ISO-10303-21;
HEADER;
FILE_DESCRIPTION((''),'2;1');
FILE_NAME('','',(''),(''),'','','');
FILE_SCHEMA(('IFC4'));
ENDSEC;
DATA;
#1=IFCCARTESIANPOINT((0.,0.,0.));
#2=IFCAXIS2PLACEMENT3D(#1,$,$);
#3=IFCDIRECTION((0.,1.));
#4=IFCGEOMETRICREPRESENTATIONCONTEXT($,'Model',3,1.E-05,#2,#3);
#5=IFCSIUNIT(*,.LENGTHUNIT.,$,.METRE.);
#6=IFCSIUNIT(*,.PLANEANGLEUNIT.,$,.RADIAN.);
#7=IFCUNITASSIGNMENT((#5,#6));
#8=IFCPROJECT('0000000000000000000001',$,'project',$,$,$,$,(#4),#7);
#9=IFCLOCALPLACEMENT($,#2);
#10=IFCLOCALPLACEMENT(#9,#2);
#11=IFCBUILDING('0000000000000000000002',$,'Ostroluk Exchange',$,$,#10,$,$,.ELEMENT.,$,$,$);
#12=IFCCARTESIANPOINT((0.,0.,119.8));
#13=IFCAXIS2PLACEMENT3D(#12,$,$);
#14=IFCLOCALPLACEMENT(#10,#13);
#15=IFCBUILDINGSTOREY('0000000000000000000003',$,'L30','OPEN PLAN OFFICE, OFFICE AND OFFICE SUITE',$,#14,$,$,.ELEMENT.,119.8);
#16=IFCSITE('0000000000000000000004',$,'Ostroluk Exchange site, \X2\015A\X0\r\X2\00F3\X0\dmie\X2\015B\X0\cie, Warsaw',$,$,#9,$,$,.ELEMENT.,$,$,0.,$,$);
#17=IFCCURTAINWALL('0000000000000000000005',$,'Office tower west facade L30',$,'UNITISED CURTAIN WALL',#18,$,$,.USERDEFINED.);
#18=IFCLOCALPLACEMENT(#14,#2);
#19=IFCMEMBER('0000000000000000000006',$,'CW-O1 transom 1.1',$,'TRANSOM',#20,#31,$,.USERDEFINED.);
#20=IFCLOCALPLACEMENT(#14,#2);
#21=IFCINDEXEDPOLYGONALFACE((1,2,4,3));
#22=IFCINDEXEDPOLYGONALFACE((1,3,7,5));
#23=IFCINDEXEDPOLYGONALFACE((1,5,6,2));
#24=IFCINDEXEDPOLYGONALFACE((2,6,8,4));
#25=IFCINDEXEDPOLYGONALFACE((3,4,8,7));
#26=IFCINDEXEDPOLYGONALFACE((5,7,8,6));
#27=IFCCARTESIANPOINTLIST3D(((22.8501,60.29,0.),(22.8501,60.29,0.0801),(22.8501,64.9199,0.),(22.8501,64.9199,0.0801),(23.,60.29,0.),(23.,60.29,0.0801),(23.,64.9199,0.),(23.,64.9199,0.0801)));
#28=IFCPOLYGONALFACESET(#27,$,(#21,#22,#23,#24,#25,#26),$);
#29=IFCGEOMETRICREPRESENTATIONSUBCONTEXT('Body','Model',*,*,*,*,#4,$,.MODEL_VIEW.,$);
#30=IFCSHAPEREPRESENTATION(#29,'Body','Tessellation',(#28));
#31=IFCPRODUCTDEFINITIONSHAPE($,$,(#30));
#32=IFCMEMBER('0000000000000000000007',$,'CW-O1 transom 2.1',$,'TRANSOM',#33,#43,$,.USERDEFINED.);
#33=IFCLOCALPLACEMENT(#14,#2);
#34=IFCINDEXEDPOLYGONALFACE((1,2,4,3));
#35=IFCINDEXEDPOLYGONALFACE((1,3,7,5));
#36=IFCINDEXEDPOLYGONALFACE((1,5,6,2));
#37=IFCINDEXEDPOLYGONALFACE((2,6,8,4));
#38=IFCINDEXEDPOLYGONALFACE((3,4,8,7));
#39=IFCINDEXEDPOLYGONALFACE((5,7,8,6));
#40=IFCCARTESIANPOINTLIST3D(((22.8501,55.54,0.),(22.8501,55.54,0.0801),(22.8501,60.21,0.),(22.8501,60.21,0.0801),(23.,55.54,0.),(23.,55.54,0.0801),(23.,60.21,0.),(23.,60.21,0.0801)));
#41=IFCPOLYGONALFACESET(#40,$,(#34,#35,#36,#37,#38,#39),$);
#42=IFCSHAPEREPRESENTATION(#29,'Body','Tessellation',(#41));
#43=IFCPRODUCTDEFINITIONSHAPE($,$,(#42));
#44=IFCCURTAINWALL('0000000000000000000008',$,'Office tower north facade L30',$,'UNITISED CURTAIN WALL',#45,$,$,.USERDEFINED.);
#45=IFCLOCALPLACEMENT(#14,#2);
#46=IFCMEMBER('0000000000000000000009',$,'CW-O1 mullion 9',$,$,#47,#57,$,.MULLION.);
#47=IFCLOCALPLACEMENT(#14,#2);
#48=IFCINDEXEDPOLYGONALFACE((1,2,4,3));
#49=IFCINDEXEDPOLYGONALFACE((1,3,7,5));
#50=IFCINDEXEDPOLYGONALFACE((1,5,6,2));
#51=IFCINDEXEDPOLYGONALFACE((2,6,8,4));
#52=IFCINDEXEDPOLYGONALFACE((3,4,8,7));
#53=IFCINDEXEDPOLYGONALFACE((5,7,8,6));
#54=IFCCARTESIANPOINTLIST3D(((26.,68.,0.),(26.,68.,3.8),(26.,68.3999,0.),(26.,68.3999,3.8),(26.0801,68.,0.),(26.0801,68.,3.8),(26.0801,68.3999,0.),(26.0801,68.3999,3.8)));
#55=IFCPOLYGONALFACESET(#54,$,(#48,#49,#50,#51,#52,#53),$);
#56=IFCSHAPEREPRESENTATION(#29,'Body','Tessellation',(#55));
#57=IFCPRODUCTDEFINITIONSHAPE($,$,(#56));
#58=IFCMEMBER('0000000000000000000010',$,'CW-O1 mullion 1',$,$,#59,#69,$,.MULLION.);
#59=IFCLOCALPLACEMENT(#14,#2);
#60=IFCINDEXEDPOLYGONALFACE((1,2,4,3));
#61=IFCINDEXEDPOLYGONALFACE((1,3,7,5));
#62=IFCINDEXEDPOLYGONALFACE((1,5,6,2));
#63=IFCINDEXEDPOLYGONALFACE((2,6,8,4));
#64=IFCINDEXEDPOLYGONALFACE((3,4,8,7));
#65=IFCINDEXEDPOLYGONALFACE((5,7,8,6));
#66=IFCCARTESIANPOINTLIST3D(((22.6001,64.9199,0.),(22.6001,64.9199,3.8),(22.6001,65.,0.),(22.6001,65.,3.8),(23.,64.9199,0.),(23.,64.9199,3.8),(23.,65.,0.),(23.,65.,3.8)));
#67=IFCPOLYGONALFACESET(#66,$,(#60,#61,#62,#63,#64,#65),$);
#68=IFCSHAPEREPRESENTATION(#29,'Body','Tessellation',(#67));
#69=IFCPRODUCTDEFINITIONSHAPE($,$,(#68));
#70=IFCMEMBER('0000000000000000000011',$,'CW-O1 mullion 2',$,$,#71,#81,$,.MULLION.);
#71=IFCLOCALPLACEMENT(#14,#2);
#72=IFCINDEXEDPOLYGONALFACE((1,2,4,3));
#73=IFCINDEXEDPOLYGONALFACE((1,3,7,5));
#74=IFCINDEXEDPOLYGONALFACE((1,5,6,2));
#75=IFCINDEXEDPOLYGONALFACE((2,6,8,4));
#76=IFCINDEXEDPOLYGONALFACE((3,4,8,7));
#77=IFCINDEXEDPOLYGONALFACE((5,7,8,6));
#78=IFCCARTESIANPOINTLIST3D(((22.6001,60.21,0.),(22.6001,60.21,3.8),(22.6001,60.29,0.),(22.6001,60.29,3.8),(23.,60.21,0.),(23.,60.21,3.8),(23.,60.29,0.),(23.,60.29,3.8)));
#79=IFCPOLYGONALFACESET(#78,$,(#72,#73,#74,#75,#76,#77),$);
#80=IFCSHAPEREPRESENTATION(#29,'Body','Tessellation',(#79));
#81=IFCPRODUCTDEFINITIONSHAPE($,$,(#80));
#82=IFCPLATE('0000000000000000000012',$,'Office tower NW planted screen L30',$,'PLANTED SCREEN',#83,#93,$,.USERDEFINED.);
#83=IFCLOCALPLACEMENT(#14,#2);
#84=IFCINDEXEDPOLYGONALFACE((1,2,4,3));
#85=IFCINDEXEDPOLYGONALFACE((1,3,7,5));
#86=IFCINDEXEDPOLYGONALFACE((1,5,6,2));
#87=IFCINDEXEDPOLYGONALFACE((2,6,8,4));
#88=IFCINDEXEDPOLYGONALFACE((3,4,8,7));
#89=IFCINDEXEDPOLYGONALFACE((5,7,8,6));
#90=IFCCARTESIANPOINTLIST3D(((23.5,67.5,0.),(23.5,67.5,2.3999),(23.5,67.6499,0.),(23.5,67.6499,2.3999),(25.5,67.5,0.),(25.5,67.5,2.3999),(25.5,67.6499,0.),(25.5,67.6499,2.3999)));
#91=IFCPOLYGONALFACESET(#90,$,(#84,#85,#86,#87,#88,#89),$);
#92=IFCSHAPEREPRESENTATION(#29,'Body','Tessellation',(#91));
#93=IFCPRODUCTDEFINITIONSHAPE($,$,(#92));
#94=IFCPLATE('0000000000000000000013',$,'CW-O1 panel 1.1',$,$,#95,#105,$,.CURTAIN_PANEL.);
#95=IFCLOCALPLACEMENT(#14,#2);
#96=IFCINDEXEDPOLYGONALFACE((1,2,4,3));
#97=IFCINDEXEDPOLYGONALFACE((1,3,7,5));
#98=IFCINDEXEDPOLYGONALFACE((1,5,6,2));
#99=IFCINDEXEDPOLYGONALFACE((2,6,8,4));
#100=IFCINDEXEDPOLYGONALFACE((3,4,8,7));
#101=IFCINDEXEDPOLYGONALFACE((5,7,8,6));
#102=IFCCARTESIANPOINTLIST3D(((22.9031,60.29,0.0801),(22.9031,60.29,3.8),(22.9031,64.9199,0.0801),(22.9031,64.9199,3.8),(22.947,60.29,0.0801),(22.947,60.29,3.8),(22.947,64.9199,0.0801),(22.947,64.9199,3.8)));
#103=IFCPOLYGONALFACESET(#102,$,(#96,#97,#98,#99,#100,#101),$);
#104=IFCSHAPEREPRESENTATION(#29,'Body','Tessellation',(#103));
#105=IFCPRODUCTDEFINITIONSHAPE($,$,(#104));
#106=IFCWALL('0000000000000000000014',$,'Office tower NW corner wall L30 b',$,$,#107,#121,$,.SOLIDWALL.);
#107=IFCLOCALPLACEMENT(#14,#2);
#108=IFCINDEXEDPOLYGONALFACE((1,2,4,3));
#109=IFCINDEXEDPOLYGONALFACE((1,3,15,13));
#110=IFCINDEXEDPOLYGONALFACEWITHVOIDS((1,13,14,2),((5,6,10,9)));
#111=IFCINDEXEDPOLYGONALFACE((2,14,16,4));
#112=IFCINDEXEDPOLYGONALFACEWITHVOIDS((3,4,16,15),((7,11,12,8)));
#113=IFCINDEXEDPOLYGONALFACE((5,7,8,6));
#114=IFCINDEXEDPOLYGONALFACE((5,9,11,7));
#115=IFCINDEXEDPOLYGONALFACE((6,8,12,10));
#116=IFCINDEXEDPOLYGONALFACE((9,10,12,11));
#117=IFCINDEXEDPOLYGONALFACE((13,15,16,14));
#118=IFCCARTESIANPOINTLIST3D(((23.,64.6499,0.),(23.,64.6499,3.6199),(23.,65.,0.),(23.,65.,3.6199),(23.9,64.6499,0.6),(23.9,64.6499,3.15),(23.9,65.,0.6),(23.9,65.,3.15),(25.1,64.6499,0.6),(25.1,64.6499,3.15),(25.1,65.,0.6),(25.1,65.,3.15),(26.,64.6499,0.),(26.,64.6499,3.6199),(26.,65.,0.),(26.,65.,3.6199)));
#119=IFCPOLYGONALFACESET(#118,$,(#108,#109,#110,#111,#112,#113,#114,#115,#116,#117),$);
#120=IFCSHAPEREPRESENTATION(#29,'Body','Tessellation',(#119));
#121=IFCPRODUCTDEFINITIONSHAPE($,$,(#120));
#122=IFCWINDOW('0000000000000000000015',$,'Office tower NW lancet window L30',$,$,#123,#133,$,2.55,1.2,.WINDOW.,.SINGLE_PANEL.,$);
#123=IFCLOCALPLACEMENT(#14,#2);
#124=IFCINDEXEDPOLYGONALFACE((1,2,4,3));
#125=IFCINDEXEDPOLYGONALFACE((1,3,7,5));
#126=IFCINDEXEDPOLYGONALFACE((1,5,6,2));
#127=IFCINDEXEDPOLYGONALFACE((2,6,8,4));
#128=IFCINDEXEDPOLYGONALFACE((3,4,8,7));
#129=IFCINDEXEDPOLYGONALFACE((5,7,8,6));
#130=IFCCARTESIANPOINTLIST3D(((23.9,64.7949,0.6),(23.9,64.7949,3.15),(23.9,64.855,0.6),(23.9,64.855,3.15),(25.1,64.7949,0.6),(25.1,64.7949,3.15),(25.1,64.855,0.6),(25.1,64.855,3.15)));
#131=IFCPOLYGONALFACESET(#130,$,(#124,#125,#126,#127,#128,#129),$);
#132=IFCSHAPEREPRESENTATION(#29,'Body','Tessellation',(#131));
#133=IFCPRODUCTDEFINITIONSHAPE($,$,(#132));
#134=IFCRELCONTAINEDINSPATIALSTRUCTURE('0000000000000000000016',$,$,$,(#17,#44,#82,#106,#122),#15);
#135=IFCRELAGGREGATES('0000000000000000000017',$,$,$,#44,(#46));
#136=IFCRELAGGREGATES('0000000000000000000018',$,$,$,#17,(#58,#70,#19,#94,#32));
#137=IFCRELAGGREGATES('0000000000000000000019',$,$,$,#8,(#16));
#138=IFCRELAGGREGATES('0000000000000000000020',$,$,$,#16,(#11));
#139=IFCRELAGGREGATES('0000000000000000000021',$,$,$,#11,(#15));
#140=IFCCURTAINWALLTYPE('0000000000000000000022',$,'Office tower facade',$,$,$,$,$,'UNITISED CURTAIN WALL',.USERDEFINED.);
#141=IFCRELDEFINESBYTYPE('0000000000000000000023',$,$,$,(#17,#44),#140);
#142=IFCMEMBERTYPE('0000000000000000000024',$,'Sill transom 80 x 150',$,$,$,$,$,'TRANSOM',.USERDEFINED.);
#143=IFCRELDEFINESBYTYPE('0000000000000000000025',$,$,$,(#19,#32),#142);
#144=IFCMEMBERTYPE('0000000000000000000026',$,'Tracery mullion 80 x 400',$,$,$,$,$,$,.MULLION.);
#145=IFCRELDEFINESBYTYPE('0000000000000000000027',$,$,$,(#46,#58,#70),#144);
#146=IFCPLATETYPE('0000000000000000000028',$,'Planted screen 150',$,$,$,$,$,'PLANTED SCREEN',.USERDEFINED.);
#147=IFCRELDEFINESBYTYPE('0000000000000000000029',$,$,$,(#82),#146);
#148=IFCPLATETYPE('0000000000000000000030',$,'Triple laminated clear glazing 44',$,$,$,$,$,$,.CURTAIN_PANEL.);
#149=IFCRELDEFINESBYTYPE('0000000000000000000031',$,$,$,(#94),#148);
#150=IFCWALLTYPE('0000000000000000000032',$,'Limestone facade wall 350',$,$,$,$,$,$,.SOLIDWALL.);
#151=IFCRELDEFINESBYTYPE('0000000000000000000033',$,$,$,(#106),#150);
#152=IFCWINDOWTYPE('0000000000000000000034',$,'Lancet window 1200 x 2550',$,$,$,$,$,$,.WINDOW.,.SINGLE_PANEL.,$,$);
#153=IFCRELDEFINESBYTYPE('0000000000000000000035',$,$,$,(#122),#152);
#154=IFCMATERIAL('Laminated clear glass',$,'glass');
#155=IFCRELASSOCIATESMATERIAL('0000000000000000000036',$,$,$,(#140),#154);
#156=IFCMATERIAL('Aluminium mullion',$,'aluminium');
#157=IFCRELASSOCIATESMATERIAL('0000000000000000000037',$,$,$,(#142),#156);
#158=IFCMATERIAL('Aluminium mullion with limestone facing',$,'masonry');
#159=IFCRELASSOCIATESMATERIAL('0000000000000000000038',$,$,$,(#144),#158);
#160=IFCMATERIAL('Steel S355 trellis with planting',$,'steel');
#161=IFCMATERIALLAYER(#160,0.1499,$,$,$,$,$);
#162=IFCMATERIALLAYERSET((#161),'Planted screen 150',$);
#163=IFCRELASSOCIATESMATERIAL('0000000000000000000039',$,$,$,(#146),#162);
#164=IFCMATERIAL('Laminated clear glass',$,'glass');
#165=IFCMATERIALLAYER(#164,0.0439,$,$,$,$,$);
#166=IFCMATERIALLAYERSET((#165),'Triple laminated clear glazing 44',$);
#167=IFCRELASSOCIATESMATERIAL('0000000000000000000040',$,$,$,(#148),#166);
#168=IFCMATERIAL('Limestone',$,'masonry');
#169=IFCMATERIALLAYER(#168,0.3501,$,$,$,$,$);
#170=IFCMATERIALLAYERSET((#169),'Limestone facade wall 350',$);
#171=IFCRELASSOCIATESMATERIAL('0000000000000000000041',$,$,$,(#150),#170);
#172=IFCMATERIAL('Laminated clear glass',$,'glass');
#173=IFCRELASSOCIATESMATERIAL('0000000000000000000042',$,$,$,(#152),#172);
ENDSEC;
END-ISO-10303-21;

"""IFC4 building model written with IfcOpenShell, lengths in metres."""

from ifc_helpers import new_model, si_unit, direction, frame, frame_2d, origin, origin_2d, place, context, subcontext, project, spatial, rectangle, extrude, material, layer, layer_set, material_profile, profile_set, type_object, element, fill, aggregate, save


model = new_model("IFC4")

# Units and contexts
model_context = context("Model", 3, precision=1e-05, world=origin(), true_north=direction((0.0, 1.0)))
body_context = subcontext(model_context, "Body", "Model", "MODEL_VIEW")
ifc_project = project(units=[si_unit("LENGTHUNIT", "METRE"), si_unit("PLANEANGLEUNIT", "RADIAN")], contexts=[model_context])

# Site, building, storey
site_placement = place(None, origin())
site = spatial("IfcSite", under=ifc_project, at=site_placement, Name="Ostroluk Exchange site, Śródmieście, Warsaw", CompositionType="ELEMENT", RefElevation=0.0)
building_placement = place(site_placement, origin())
building = spatial("IfcBuilding", under=site, at=building_placement, Name="Ostroluk Exchange", CompositionType="ELEMENT")
storey_placement = place(building_placement, frame((0.0, 0.0, 119.8)))
storey = spatial("IfcBuildingStorey", under=building, at=storey_placement, Name="L30", Description="OPEN PLAN OFFICE, OFFICE AND OFFICE SUITE", CompositionType="ELEMENT", Elevation=119.8)

# Curtain wall, members
ifc_material_1 = material(Name="Laminated clear glass", Category="glass")
curtain_wall_type = type_object("IfcCurtainWallType", Name="Office tower facade", ElementType="UNITISED CURTAIN WALL", PredefinedType="USERDEFINED", material=ifc_material_1)
curtain_wall_1_placement = place(storey_placement, origin())
curtain_wall_1 = element("IfcCurtainWall", 1, at=curtain_wall_1_placement, inside=storey, type_object=curtain_wall_type, Name="Office tower west facade L30", ObjectType="UNITISED CURTAIN WALL", PredefinedType="USERDEFINED")
ifc_material_2 = material(Name="Aluminium mullion", Category="aluminium")
ifc_material_profile_1 = material_profile(ifc_material_2, rectangle(XDim=0.1499, YDim=0.0801, at=origin_2d()), Name="Sill transom 80 x 150")
ifc_profile_set_1 = profile_set([ifc_material_profile_1], Name="Aluminium mullion")
member_type_1 = type_object("IfcMemberType", Name="Sill transom 80 x 150", ElementType="TRANSOM", PredefinedType="USERDEFINED", material=ifc_profile_set_1)
member_1_placement = place(storey_placement, frame((22.925, 64.9199, 0.04), z_axis=(0.0, -1.0, 0.0), x_axis=(1.0, 0.0, 0.0)))
member_1 = element("IfcMember", 2, at=member_1_placement, type_object=member_type_1, Name="CW-O1 transom 1.1", ObjectType="TRANSOM", PredefinedType="USERDEFINED", context=body_context, shape_type="SweptSolid", body=[
    extrude(rectangle(XDim=0.1499, YDim=0.0801, at=origin_2d()), origin(), (0.0, 0.0, 1.0), 4.6299),
])
member_2_placement = place(storey_placement, frame((22.925, 60.21, 0.04), z_axis=(0.0, -1.0, 0.0), x_axis=(1.0, 0.0, 0.0)))
member_2 = element("IfcMember", 3, at=member_2_placement, type_object=member_type_1, Name="CW-O1 transom 2.1", ObjectType="TRANSOM", PredefinedType="USERDEFINED", context=body_context, shape_type="SweptSolid", body=[
    extrude(rectangle(XDim=0.1499, YDim=0.0801, at=origin_2d()), origin(), (0.0, 0.0, 1.0), 4.6699),
])

# Curtain wall, member
curtain_wall_2_placement = place(storey_placement, origin())
curtain_wall_2 = element("IfcCurtainWall", 4, at=curtain_wall_2_placement, inside=storey, type_object=curtain_wall_type, Name="Office tower north facade L30", ObjectType="UNITISED CURTAIN WALL", PredefinedType="USERDEFINED")
ifc_material_3 = material(Name="Aluminium mullion with limestone facing", Category="masonry")
ifc_material_profile_2 = material_profile(ifc_material_3, rectangle(XDim=0.3999, YDim=0.0801, at=origin_2d()), Name="Tracery mullion 80 x 400")
ifc_profile_set_2 = profile_set([ifc_material_profile_2], Name="Aluminium mullion with limestone facing")
member_type_2 = type_object("IfcMemberType", Name="Tracery mullion 80 x 400", PredefinedType="MULLION", material=ifc_profile_set_2)
member_3_placement = place(storey_placement, frame((26.04, 68.2, 0.0), z_axis=(0.0, 0.0, 1.0), x_axis=(0.0, -1.0, 0.0)))
member_3 = element("IfcMember", 5, at=member_3_placement, type_object=member_type_2, Name="CW-O1 mullion 9", PredefinedType="MULLION", context=body_context, shape_type="SweptSolid", body=[
    extrude(rectangle(XDim=0.3999, YDim=0.0801, at=origin_2d()), origin(), (0.0, 0.0, 1.0), 3.8),
])
aggregate(curtain_wall_2, [member_3])

# Members
member_4_placement = place(storey_placement, frame((22.8, 64.96, 0.0), z_axis=(0.0, 0.0, 1.0), x_axis=(1.0, 0.0, 0.0)))
member_4 = element("IfcMember", 6, at=member_4_placement, type_object=member_type_2, Name="CW-O1 mullion 1", PredefinedType="MULLION", context=body_context, shape_type="SweptSolid", body=[
    extrude(rectangle(XDim=0.3999, YDim=0.0801, at=origin_2d()), origin(), (0.0, 0.0, 1.0), 3.8),
])
member_5_placement = place(storey_placement, frame((22.8, 60.25, 0.0), z_axis=(0.0, 0.0, 1.0), x_axis=(1.0, 0.0, 0.0)))
member_5 = element("IfcMember", 7, at=member_5_placement, type_object=member_type_2, Name="CW-O1 mullion 2", PredefinedType="MULLION", context=body_context, shape_type="SweptSolid", body=[
    extrude(rectangle(XDim=0.3999, YDim=0.0801, at=origin_2d()), origin(), (0.0, 0.0, 1.0), 3.8),
])

# Plates
ifc_material_4 = material(Name="Steel S355 trellis with planting", Category="steel")
ifc_layer_1 = layer(ifc_material_4, 0.1499)
ifc_layer_set_1 = layer_set([ifc_layer_1], Name="Planted screen 150")
plate_type_1 = type_object("IfcPlateType", Name="Planted screen 150", ElementType="PLANTED SCREEN", PredefinedType="USERDEFINED", material=ifc_layer_set_1)
plate_1_placement = place(storey_placement, frame((24.5, 67.575, 0.0), z_axis=(0.0, 0.0, 1.0), x_axis=(1.0, 0.0, 0.0)))
element("IfcPlate", 8, at=plate_1_placement, inside=storey, type_object=plate_type_1, Name="Office tower NW planted screen L30", ObjectType="PLANTED SCREEN", PredefinedType="USERDEFINED", context=body_context, shape_type="SweptSolid", body=[
    extrude(rectangle(XDim=2.0, YDim=0.1499, at=origin_2d()), origin(), (0.0, 0.0, 1.0), 2.3999),
])
ifc_material_5 = material(Name="Laminated clear glass", Category="glass")
ifc_layer_2 = layer(ifc_material_5, 0.0439)
ifc_layer_set_2 = layer_set([ifc_layer_2], Name="Triple laminated clear glazing 44")
plate_type_2 = type_object("IfcPlateType", Name="Triple laminated clear glazing 44", PredefinedType="CURTAIN_PANEL", material=ifc_layer_set_2)
plate_2_placement = place(storey_placement, frame((22.925, 62.605, 0.0801), z_axis=(0.0, 0.0, 1.0), x_axis=(0.0, -1.0, 0.0)))
plate_2 = element("IfcPlate", 9, at=plate_2_placement, type_object=plate_type_2, Name="CW-O1 panel 1.1", PredefinedType="CURTAIN_PANEL", context=body_context, shape_type="SweptSolid", body=[
    extrude(rectangle(XDim=4.6299, YDim=0.0439, at=origin_2d()), origin(), (0.0, 0.0, 1.0), 3.72),
])
aggregate(curtain_wall_1, [member_4, member_5, member_1, plate_2, member_2])

# Shared definitions
ifc_material_6 = material(Name="Limestone", Category="masonry")
ifc_layer_3 = layer(ifc_material_6, 0.3501)
ifc_layer_set_3 = layer_set([ifc_layer_3], Name="Limestone facade wall 350")
wall_type_1 = type_object("IfcWallType", Name="Limestone facade wall 350", PredefinedType="SOLIDWALL", material=ifc_layer_set_3)

# Wall, opening, window
wall_1_placement = place(storey_placement, frame((26.0, 64.825, 0.0), z_axis=(0.0, 0.0, 1.0), x_axis=(-1.0, 0.0, 0.0)))
wall_1 = element("IfcWall", 10, at=wall_1_placement, inside=storey, type_object=wall_type_1, Name="Office tower NW corner wall L30 b", PredefinedType="SOLIDWALL", context=body_context, shape_type="SweptSolid", body=[
    extrude(rectangle(XDim=3.0, YDim=0.3501, at=frame_2d((1.5, 0.0))), origin(), (0.0, 0.0, 1.0), 3.6199),
])
opening_1_placement = place(wall_1_placement, frame((0.8999, 0.0, 0.6001)))
opening_1 = element("IfcOpeningElement", 11, at=opening_1_placement, cuts=wall_1, PredefinedType="OPENING", context=body_context, shape_type="SweptSolid", body=[
    extrude(rectangle(XDim=1.2, YDim=2.55, at=frame_2d((0.6001, 1.2749))), frame((0.0, 0.1851, 0.0), z_axis=(0.0, -1.0, 0.0), x_axis=(1.0, 0.0, 0.0)), (0.0, 0.0, 1.0), 0.3701),
])
ifc_material_7 = material(Name="Laminated clear glass", Category="glass")
window_type = type_object("IfcWindowType", Name="Lancet window 1200 x 2550", PartitioningType="SINGLE_PANEL", PredefinedType="WINDOW", material=ifc_material_7)
window_placement = place(opening_1_placement, origin())
window = element("IfcWindow", 12, at=window_placement, inside=storey, type_object=window_type, Name="Office tower NW lancet window L30", OverallHeight=2.55, OverallWidth=1.2, PartitioningType="SINGLE_PANEL", PredefinedType="WINDOW", context=body_context, shape_type="SweptSolid", body=[
    extrude(rectangle(XDim=1.2, YDim=2.55, at=frame_2d((0.6001, 1.2749))), frame((0.0, 0.03, 0.0), z_axis=(0.0, -1.0, 0.0), x_axis=(1.0, 0.0, 0.0)), (0.0, 0.0, 1.0), 0.0601),
])
fill(opening_1, window)

save(model, "model.ifc")
